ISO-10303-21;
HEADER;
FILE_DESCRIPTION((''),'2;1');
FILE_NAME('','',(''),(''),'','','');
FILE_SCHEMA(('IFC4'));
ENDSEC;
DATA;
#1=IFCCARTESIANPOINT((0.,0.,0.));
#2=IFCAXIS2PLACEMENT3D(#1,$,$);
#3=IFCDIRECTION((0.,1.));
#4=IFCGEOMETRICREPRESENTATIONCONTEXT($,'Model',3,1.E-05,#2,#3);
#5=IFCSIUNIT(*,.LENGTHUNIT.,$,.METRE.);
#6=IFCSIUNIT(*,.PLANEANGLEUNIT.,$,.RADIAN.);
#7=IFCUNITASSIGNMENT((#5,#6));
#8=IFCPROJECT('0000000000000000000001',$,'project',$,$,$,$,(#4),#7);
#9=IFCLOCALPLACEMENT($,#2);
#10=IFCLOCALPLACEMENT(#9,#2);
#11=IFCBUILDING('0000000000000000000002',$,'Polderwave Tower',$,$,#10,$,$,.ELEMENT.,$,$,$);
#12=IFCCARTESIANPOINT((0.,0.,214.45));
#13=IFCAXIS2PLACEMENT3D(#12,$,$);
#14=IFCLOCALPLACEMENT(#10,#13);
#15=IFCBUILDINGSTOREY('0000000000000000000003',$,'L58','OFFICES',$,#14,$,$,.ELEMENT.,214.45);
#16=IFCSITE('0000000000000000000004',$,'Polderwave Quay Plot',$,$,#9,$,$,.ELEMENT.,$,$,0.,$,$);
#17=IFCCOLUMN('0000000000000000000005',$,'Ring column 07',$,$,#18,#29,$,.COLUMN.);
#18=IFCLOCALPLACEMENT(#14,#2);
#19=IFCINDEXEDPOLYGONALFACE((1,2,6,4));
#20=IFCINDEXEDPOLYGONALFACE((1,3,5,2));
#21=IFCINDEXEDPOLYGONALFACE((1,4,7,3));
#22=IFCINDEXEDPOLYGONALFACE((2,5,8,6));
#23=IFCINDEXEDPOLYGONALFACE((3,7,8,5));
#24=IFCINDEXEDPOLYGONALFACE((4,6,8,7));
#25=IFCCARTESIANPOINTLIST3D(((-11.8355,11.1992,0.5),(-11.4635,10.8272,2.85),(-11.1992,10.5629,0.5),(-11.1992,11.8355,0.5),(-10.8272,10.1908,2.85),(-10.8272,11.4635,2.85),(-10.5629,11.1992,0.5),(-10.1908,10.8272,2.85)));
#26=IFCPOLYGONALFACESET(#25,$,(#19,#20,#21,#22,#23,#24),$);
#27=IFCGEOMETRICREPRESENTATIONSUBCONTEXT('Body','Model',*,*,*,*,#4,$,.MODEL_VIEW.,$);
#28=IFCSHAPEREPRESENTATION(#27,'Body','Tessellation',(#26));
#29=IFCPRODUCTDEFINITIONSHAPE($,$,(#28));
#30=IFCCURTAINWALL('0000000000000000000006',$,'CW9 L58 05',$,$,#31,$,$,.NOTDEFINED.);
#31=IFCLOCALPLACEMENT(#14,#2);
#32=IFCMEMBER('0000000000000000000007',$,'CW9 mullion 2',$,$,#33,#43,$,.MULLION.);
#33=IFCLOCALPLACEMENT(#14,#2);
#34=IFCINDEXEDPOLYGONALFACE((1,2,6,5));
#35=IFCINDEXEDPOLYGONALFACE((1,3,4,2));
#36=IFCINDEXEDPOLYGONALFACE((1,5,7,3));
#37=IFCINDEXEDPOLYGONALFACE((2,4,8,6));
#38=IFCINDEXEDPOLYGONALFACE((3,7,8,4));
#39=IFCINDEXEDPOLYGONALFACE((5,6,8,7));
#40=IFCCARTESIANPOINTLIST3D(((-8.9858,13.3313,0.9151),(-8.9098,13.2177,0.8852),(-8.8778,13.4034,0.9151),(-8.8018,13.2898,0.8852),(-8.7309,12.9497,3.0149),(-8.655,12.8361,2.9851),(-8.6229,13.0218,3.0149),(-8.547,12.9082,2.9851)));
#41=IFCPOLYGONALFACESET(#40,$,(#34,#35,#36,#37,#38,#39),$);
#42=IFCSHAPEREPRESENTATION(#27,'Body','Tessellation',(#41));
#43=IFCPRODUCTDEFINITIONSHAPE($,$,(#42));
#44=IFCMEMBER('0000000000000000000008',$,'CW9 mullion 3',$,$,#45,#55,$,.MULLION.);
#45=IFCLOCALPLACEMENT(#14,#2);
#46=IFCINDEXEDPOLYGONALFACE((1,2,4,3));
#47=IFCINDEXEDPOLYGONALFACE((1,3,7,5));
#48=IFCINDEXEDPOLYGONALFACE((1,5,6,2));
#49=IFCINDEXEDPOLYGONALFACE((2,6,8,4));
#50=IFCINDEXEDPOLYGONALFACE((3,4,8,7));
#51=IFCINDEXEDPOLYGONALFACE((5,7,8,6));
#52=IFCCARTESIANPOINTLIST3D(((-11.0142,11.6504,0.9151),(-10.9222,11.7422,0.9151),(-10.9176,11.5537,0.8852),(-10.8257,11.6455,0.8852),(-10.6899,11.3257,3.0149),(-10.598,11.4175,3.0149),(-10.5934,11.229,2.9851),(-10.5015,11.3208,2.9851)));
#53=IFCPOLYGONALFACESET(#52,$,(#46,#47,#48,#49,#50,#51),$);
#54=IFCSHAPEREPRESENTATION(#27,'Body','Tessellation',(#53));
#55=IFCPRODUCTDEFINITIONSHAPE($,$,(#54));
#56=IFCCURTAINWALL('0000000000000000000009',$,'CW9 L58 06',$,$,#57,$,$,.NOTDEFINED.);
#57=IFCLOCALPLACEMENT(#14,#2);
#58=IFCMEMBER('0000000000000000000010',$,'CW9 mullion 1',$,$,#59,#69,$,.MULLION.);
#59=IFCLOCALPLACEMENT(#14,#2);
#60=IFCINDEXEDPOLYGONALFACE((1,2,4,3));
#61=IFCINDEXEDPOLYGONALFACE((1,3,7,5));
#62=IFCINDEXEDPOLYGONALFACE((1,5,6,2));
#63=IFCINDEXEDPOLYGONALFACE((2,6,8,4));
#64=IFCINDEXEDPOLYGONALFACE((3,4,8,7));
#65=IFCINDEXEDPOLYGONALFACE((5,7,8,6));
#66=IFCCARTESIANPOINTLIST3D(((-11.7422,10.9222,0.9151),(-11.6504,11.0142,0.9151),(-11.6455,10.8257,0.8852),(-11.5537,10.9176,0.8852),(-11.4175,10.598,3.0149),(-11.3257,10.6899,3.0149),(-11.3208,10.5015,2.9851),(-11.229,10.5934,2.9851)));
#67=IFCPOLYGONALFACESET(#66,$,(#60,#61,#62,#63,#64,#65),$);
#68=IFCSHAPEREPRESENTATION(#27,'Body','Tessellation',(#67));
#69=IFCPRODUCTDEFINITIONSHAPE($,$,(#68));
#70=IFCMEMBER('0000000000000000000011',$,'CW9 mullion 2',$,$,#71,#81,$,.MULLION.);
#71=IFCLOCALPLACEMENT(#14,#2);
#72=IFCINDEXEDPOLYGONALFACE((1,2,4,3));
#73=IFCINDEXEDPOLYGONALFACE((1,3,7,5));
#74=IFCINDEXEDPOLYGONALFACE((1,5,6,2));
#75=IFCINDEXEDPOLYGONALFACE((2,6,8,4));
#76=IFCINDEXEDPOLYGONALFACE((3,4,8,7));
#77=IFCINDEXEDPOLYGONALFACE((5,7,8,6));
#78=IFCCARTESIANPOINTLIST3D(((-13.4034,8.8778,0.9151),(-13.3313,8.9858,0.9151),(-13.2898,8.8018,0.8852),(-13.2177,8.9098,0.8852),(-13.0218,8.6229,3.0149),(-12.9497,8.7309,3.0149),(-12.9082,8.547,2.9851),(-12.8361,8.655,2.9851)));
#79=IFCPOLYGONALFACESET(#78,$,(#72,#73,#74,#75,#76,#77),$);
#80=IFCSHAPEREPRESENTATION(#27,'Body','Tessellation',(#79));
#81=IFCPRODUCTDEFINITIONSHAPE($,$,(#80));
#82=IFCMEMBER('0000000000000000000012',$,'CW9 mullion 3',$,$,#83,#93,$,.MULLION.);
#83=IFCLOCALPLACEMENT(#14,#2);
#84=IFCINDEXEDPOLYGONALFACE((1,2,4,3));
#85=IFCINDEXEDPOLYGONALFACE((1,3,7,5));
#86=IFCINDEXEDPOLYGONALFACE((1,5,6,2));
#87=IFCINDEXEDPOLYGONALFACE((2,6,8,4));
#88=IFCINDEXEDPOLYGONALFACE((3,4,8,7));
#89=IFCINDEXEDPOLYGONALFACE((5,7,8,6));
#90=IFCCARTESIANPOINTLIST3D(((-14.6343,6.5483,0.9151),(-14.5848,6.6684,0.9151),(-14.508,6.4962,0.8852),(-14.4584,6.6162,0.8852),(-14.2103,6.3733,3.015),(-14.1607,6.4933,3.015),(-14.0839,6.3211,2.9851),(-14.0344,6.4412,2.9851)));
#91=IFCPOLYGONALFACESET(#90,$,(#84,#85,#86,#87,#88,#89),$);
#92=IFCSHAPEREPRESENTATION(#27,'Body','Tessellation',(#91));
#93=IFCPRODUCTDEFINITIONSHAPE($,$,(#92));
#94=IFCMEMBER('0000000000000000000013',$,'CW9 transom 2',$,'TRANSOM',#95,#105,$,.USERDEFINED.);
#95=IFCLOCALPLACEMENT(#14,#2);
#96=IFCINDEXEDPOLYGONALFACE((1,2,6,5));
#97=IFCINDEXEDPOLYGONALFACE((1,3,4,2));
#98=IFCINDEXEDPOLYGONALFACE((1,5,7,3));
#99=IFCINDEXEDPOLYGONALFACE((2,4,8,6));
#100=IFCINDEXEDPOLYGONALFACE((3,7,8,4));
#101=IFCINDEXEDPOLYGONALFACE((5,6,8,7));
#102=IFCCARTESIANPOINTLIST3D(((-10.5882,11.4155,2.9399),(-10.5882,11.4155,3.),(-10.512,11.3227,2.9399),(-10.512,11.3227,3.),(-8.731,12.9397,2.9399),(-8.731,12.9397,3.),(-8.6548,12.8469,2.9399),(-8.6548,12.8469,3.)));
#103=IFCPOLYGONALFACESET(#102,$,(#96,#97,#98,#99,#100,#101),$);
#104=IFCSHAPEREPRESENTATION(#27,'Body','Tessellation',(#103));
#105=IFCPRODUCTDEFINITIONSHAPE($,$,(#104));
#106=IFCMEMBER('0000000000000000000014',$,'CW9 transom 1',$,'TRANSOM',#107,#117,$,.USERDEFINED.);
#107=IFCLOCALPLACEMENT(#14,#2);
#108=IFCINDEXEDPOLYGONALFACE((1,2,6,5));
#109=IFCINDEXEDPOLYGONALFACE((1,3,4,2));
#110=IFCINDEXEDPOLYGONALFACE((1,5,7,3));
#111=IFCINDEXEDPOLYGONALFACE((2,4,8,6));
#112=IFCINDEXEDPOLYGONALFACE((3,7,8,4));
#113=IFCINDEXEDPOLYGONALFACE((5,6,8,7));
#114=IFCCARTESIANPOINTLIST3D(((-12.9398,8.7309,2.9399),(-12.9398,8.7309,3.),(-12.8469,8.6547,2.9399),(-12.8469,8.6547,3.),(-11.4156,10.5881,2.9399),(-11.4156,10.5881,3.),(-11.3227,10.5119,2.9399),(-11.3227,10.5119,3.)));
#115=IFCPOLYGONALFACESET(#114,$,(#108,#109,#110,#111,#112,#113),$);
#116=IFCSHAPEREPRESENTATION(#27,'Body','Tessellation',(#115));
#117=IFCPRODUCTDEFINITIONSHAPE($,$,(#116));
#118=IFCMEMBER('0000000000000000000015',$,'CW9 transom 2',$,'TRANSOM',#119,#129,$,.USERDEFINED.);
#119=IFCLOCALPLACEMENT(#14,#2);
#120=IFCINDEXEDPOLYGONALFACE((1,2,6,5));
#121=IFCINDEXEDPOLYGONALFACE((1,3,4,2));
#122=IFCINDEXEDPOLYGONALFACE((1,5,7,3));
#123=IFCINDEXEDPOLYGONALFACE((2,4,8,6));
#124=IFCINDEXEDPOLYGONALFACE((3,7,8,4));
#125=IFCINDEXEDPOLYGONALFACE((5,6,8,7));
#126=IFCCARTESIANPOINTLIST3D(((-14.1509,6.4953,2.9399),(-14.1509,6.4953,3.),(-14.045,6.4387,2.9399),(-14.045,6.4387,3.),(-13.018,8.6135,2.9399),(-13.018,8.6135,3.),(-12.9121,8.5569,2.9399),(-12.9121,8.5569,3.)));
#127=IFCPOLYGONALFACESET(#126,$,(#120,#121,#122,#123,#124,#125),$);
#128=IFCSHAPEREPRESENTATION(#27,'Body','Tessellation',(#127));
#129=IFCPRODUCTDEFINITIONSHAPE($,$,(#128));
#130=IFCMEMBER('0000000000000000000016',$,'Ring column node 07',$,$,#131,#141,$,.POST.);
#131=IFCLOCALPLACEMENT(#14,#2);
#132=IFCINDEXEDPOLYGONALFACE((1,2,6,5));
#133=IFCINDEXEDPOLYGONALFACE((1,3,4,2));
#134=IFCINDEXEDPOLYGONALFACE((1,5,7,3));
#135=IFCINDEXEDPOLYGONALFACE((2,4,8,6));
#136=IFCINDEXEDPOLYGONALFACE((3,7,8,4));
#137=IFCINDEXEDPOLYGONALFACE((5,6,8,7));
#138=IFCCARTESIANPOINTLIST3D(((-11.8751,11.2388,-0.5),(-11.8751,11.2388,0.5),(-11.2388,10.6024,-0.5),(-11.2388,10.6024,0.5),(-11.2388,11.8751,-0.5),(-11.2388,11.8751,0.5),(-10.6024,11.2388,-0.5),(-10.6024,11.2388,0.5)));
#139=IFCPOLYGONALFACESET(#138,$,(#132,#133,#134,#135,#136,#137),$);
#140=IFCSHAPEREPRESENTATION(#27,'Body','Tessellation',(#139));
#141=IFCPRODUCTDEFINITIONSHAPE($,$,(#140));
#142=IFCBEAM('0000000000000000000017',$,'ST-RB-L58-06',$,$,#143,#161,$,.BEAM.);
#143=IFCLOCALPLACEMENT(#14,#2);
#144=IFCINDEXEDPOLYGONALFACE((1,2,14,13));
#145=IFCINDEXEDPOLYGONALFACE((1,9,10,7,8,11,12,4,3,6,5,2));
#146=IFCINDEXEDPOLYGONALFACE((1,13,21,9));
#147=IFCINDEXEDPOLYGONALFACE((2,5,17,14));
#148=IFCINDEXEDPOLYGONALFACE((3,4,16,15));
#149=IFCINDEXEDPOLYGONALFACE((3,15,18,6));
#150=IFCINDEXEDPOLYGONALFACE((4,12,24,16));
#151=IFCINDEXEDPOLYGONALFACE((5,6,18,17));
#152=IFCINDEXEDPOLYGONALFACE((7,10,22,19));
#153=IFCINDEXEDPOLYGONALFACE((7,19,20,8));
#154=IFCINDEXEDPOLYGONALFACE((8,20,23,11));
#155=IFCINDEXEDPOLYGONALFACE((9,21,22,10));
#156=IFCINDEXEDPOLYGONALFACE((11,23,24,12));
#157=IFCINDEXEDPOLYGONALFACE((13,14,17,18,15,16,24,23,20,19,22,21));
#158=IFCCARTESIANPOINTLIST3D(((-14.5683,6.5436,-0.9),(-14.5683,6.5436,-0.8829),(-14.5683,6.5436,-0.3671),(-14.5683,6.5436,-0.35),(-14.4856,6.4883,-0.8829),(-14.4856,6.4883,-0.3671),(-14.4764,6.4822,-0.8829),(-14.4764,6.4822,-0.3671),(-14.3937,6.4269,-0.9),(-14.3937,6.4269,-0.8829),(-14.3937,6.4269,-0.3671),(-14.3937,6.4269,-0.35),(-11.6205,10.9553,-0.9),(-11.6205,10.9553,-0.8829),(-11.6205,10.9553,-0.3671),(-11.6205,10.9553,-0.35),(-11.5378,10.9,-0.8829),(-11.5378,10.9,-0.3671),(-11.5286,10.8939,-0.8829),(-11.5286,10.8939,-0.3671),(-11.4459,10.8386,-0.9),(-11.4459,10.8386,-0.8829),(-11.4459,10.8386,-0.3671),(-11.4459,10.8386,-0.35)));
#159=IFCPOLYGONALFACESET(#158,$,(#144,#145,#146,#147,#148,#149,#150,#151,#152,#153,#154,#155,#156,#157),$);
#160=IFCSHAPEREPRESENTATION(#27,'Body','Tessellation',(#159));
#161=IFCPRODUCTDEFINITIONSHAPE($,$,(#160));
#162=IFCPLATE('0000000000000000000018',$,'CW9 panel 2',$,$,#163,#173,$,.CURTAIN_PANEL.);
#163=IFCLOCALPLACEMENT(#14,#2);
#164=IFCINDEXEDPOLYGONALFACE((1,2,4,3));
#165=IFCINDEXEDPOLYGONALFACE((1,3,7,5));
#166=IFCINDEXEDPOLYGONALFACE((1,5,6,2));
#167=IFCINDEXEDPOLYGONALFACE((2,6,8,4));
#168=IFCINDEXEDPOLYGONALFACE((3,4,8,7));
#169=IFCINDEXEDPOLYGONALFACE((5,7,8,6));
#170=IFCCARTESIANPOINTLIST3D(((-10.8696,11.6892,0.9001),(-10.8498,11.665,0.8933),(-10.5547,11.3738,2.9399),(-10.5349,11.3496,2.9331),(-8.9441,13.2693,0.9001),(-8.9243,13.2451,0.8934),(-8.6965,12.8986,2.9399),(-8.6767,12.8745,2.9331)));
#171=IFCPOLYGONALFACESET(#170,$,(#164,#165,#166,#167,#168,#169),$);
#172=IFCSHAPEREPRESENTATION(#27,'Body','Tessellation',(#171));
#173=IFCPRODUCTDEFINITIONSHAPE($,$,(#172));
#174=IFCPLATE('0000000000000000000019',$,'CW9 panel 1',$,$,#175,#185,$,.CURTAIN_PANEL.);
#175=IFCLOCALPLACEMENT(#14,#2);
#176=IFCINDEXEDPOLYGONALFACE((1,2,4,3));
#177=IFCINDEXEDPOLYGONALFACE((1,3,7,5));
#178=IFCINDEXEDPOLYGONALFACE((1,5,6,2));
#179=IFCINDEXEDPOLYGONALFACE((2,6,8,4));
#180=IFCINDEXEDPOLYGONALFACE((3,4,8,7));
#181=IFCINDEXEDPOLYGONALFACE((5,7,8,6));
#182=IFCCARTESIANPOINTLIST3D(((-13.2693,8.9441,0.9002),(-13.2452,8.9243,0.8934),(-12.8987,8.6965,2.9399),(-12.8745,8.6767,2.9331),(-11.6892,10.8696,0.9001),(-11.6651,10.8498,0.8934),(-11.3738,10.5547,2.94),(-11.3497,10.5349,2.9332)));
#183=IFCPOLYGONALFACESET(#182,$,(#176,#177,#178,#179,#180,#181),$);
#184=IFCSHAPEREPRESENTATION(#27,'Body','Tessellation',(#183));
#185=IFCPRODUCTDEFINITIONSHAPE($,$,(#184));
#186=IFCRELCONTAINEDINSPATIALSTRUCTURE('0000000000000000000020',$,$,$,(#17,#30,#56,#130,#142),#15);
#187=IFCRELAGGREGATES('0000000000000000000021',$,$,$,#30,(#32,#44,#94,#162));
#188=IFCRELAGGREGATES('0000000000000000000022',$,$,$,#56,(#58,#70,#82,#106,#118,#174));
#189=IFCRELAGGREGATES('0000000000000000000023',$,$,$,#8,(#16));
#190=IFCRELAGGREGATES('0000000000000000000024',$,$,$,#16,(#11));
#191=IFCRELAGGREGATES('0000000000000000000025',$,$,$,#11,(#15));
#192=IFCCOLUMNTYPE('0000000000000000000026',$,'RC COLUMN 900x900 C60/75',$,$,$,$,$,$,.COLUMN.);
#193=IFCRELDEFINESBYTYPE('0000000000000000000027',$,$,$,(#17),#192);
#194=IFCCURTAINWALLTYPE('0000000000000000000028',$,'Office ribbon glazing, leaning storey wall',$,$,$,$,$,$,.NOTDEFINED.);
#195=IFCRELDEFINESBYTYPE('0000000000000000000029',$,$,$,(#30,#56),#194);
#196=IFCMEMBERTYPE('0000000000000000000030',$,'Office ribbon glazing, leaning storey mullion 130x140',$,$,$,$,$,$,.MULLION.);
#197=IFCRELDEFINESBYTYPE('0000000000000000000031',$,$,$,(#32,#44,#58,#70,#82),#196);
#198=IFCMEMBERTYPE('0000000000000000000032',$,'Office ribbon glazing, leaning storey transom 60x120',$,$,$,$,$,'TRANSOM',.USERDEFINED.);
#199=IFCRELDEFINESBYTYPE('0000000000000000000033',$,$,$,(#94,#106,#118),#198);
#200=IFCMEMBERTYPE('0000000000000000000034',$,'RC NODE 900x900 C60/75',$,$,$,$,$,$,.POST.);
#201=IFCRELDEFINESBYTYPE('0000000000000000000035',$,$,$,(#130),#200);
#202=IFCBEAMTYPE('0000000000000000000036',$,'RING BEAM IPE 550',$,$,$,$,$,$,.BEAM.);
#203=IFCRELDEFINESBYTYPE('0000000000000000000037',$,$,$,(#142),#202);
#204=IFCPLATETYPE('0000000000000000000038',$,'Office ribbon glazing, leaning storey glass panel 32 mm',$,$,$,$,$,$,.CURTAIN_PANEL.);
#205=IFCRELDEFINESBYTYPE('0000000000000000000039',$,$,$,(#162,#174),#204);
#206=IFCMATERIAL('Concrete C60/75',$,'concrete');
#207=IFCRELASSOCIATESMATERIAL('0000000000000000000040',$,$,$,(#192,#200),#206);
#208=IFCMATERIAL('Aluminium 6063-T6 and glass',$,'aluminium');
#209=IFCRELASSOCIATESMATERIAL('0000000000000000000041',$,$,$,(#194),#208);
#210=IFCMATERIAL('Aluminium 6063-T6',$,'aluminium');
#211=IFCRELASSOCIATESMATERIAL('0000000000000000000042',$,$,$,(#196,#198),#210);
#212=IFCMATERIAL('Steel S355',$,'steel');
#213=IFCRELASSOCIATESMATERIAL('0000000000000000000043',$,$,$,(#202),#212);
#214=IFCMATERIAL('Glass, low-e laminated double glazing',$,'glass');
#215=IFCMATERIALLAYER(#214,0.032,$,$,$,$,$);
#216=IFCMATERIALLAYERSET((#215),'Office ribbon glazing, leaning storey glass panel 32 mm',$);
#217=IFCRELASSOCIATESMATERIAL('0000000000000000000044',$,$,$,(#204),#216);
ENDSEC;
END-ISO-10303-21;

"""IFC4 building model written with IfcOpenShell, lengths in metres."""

from ifc_helpers import new_model, si_unit, direction, frame, origin, origin_2d, place, context, subcontext, project, spatial, polyline, rectangle, i_section, outline, extrude, material, layer, layer_set, material_profile, profile_set, type_object, element, aggregate, save


model = new_model("IFC4")

# Units and contexts
model_context = context("Model", 3, precision=1e-05, world=origin(), true_north=direction((0.0, 1.0)))
body_context = subcontext(model_context, "Body", "Model", "MODEL_VIEW")
ifc_project = project(units=[si_unit("LENGTHUNIT", "METRE"), si_unit("PLANEANGLEUNIT", "RADIAN")], contexts=[model_context])

# Site, building, storey
site_placement = place(None, origin())
site = spatial("IfcSite", under=ifc_project, at=site_placement, Name="Polderwave Quay Plot", CompositionType="ELEMENT", RefElevation=0.0)
building_placement = place(site_placement, origin())
building = spatial("IfcBuilding", under=site, at=building_placement, Name="Polderwave Tower", CompositionType="ELEMENT")
storey_placement = place(building_placement, frame((0.0, 0.0, 214.45)))
storey = spatial("IfcBuildingStorey", under=building, at=storey_placement, Name="L58", Description="OFFICES", CompositionType="ELEMENT", Elevation=214.45)

# Column
ifc_material_1 = material(Name="Concrete C60/75", Category="concrete")
ifc_material_profile_1 = material_profile(ifc_material_1, rectangle(XDim=0.8999, YDim=0.8999, at=origin_2d()), Name="RC 900x900")
ifc_profile_set_1 = profile_set([ifc_material_profile_1], Name="Concrete C60/75")
column_type = type_object("IfcColumnType", Name="RC COLUMN 900x900 C60/75", PredefinedType="COLUMN", material=ifc_profile_set_1)
column_placement = place(storey_placement, frame((-11.1992, 11.1992, 0.5), z_axis=(0.0, 0.0, 1.0), x_axis=(0.707107, 0.707107, 0.0)))
element("IfcColumn", 1, at=column_placement, inside=storey, type_object=column_type, Name="Ring column 07", PredefinedType="COLUMN", context=body_context, shape_type="SweptSolid", body=[
    extrude(rectangle(XDim=0.8999, YDim=0.8999, at=origin_2d()), origin(), (0.0, -0.21849, 0.975839), 2.4082),
])

# Curtain walls, members
ifc_material_2 = material(Name="Aluminium 6063-T6 and glass", Category="aluminium")
curtain_wall_type = type_object("IfcCurtainWallType", Name="Office ribbon glazing, leaning storey wall", PredefinedType="NOTDEFINED", material=ifc_material_2)
curtain_wall_1_placement = place(storey_placement, origin())
curtain_wall_1 = element("IfcCurtainWall", 2, at=curtain_wall_1_placement, inside=storey, type_object=curtain_wall_type, Name="CW9 L58 05", PredefinedType="NOTDEFINED")
ifc_material_3 = material(Name="Aluminium 6063-T6", Category="aluminium")
ifc_material_profile_2 = material_profile(ifc_material_3, rectangle(XDim=0.1299, YDim=0.1399, at=origin_2d()), Name="AL 130x140")
ifc_profile_set_2 = profile_set([ifc_material_profile_2], Name="Aluminium 6063-T6")
member_type_1 = type_object("IfcMemberType", Name="Office ribbon glazing, leaning storey mullion 130x140", PredefinedType="MULLION", material=ifc_profile_set_2)
member_1_placement = place(storey_placement, frame((-8.8938, 13.3105, 0.9001), z_axis=(0.118583, -0.177533, 0.976944), x_axis=(0.831559, 0.555437, 0.0)))
member_1 = element("IfcMember", 3, at=member_1_placement, type_object=member_type_1, Name="CW9 mullion 2", PredefinedType="MULLION", context=body_context, shape_type="SweptSolid", body=[
    extrude(rectangle(XDim=0.1299, YDim=0.1399, at=origin_2d()), origin(), (0.0, 0.0, 1.0), 2.1494),
])
member_2_placement = place(storey_placement, frame((-10.9199, 11.6479, 0.9001), z_axis=(0.150841, -0.151068, 0.976947), x_axis=(0.707639, 0.706575, 0.0)))
member_2 = element("IfcMember", 4, at=member_2_placement, type_object=member_type_1, Name="CW9 mullion 3", PredefinedType="MULLION", context=body_context, shape_type="SweptSolid", body=[
    extrude(rectangle(XDim=0.1299, YDim=0.1399, at=origin_2d()), origin(), (0.0, 0.0, 1.0), 2.1494),
])
curtain_wall_2_placement = place(storey_placement, origin())
curtain_wall_2 = element("IfcCurtainWall", 5, at=curtain_wall_2_placement, inside=storey, type_object=curtain_wall_type, Name="CW9 L58 06", PredefinedType="NOTDEFINED")
member_3_placement = place(storey_placement, frame((-11.6479, 10.9199, 0.9001), z_axis=(0.151068, -0.150841, 0.976947), x_axis=(0.706575, 0.707639, 0.0)))
member_3 = element("IfcMember", 6, at=member_3_placement, type_object=member_type_1, Name="CW9 mullion 1", PredefinedType="MULLION", context=body_context, shape_type="SweptSolid", body=[
    extrude(rectangle(XDim=0.1299, YDim=0.1399, at=origin_2d()), origin(), (0.0, 0.0, 1.0), 2.1494),
])
member_4_placement = place(storey_placement, frame((-13.3105, 8.8938, 0.9001), z_axis=(0.177533, -0.118583, 0.976944), x_axis=(0.555437, 0.831559, 0.0)))
member_4 = element("IfcMember", 7, at=member_4_placement, type_object=member_type_1, Name="CW9 mullion 2", PredefinedType="MULLION", context=body_context, shape_type="SweptSolid", body=[
    extrude(rectangle(XDim=0.1299, YDim=0.1399, at=origin_2d()), origin(), (0.0, 0.0, 1.0), 2.1494),
])
member_5_placement = place(storey_placement, frame((-14.5464, 6.5823, 0.9001), z_axis=(0.197299, -0.081441, 0.976955), x_axis=(0.381553, 0.924347, 0.0)))
member_5 = element("IfcMember", 8, at=member_5_placement, type_object=member_type_1, Name="CW9 mullion 3", PredefinedType="MULLION", context=body_context, shape_type="SweptSolid", body=[
    extrude(rectangle(XDim=0.1299, YDim=0.1399, at=origin_2d()), origin(), (0.0, 0.0, 1.0), 2.1494),
])

# Members
ifc_material_profile_3 = material_profile(ifc_material_3, rectangle(XDim=0.1201, YDim=0.0601, at=origin_2d()), Name="AL 60x120")
ifc_profile_set_3 = profile_set([ifc_material_profile_3], Name="Aluminium 6063-T6")
member_type_2 = type_object("IfcMemberType", Name="Office ribbon glazing, leaning storey transom 60x120", ElementType="TRANSOM", PredefinedType="USERDEFINED", material=ifc_profile_set_3)
member_6_placement = place(storey_placement, frame((-8.6929, 12.8933, 2.97), z_axis=(-0.773006, -0.634399, 0.0), x_axis=(0.634399, -0.773006, 0.0)))
member_6 = element("IfcMember", 9, at=member_6_placement, type_object=member_type_2, Name="CW9 transom 2", ObjectType="TRANSOM", PredefinedType="USERDEFINED", context=body_context, shape_type="SweptSolid", body=[
    extrude(rectangle(XDim=0.1201, YDim=0.0601, at=origin_2d()), origin(), (0.0, 0.0, 1.0), 2.4026),
])
member_7_placement = place(storey_placement, frame((-11.3691, 10.55, 2.97), z_axis=(-0.634399, -0.773006, 0.0), x_axis=(0.773006, -0.634399, 0.0)))
member_7 = element("IfcMember", 10, at=member_7_placement, type_object=member_type_2, Name="CW9 transom 1", ObjectType="TRANSOM", PredefinedType="USERDEFINED", context=body_context, shape_type="SweptSolid", body=[
    extrude(rectangle(XDim=0.1201, YDim=0.0601, at=origin_2d()), origin(), (0.0, 0.0, 1.0), 2.4026),
])
member_8_placement = place(storey_placement, frame((-12.9651, 8.5852, 2.97), z_axis=(-0.471601, -0.881812, 0.0), x_axis=(0.881812, -0.471601, 0.0)))
member_8 = element("IfcMember", 11, at=member_8_placement, type_object=member_type_2, Name="CW9 transom 2", ObjectType="TRANSOM", PredefinedType="USERDEFINED", context=body_context, shape_type="SweptSolid", body=[
    extrude(rectangle(XDim=0.1201, YDim=0.0601, at=origin_2d()), origin(), (0.0, 0.0, 1.0), 2.4021),
])
ifc_material_profile_4 = material_profile(ifc_material_1, rectangle(XDim=0.8999, YDim=0.8999, at=origin_2d()), Name="RC 900x900")
ifc_profile_set_4 = profile_set([ifc_material_profile_4], Name="Concrete C60/75")
member_type_3 = type_object("IfcMemberType", Name="RC NODE 900x900 C60/75", PredefinedType="POST", material=ifc_profile_set_4)
member_9_placement = place(storey_placement, frame((-11.2388, 11.2388, -0.5), z_axis=(0.0, 0.0, 1.0), x_axis=(-0.707107, 0.707107, 0.0)))
element("IfcMember", 12, at=member_9_placement, inside=storey, type_object=member_type_3, Name="Ring column node 07", PredefinedType="POST", context=body_context, shape_type="SweptSolid", body=[
    extrude(rectangle(XDim=0.8999, YDim=0.8999, at=origin_2d()), origin(), (0.0, 0.0, 1.0), 1.0),
])

# Beam
ifc_material_4 = material(Name="Steel S355", Category="steel")
ifc_material_profile_5 = material_profile(ifc_material_4, i_section(OverallWidth=0.21, OverallDepth=0.55, WebThickness=0.011, FlangeThickness=0.0171, at=origin_2d()), Name="IPE 550")
ifc_profile_set_5 = profile_set([ifc_material_profile_5], Name="Steel S355")
beam_type = type_object("IfcBeamType", Name="RING BEAM IPE 550", PredefinedType="BEAM", material=ifc_profile_set_5)
beam_placement = place(storey_placement, frame((-11.5332, 10.897, -0.625), z_axis=(-0.555571, -0.831469, 0.0), x_axis=(0.831469, -0.555571, 0.0)))
element("IfcBeam", 13, at=beam_placement, inside=storey, type_object=beam_type, Name="ST-RB-L58-06", PredefinedType="BEAM", context=body_context, shape_type="SweptSolid", body=[
    extrude(i_section(OverallWidth=0.21, OverallDepth=0.55, WebThickness=0.011, FlangeThickness=0.0171, at=origin_2d()), origin(), (0.0, 0.0, 1.0), 5.3059),
])

# Plates
ifc_material_5 = material(Name="Glass, low-e laminated double glazing", Category="glass")
ifc_layer_1 = layer(ifc_material_5, 0.032)
ifc_layer_set_1 = layer_set([ifc_layer_1], Name="Office ribbon glazing, leaning storey glass panel 32 mm")
plate_type = type_object("IfcPlateType", Name="Office ribbon glazing, leaning storey glass panel 32 mm", PredefinedType="CURTAIN_PANEL", material=ifc_layer_set_1)
plate_1_placement = place(storey_placement, frame((-8.9441, 13.2693, 0.9001), z_axis=(-0.619879, 0.755377, 0.212496), x_axis=(-0.773033, -0.634366, -0.000004)))
plate_1 = element("IfcPlate", 14, at=plate_1_placement, type_object=plate_type, Name="CW9 panel 2", PredefinedType="CURTAIN_PANEL", context=body_context, shape_type="SweptSolid", body=[
    extrude(outline(polyline([(0.0, 0.0), (2.4909, 0.0), (2.4475, 2.0875), (0.0437, 2.0875), (0.0, 0.0)])), origin(), (0.0, 0.0, -1.0), 0.032),
])
aggregate(curtain_wall_1, [member_1, member_2, member_6, plate_1])
plate_2_placement = place(storey_placement, frame((-11.6892, 10.8696, 0.9001), z_axis=(-0.755377, 0.619879, 0.212496), x_axis=(-0.634366, -0.773033, 0.000004)))
plate_2 = element("IfcPlate", 15, at=plate_2_placement, type_object=plate_type, Name="CW9 panel 1", PredefinedType="CURTAIN_PANEL", context=body_context, shape_type="SweptSolid", body=[
    extrude(outline(polyline([(0.0, 0.0), (2.4909, 0.0), (2.4471, 2.0875), (0.0434, 2.0875), (0.0, 0.0)])), origin(), (0.0, 0.0, -1.0), 0.032),
])
aggregate(curtain_wall_2, [member_3, member_4, member_5, member_7, member_8, plate_2])

save(model, "model.ifc")
